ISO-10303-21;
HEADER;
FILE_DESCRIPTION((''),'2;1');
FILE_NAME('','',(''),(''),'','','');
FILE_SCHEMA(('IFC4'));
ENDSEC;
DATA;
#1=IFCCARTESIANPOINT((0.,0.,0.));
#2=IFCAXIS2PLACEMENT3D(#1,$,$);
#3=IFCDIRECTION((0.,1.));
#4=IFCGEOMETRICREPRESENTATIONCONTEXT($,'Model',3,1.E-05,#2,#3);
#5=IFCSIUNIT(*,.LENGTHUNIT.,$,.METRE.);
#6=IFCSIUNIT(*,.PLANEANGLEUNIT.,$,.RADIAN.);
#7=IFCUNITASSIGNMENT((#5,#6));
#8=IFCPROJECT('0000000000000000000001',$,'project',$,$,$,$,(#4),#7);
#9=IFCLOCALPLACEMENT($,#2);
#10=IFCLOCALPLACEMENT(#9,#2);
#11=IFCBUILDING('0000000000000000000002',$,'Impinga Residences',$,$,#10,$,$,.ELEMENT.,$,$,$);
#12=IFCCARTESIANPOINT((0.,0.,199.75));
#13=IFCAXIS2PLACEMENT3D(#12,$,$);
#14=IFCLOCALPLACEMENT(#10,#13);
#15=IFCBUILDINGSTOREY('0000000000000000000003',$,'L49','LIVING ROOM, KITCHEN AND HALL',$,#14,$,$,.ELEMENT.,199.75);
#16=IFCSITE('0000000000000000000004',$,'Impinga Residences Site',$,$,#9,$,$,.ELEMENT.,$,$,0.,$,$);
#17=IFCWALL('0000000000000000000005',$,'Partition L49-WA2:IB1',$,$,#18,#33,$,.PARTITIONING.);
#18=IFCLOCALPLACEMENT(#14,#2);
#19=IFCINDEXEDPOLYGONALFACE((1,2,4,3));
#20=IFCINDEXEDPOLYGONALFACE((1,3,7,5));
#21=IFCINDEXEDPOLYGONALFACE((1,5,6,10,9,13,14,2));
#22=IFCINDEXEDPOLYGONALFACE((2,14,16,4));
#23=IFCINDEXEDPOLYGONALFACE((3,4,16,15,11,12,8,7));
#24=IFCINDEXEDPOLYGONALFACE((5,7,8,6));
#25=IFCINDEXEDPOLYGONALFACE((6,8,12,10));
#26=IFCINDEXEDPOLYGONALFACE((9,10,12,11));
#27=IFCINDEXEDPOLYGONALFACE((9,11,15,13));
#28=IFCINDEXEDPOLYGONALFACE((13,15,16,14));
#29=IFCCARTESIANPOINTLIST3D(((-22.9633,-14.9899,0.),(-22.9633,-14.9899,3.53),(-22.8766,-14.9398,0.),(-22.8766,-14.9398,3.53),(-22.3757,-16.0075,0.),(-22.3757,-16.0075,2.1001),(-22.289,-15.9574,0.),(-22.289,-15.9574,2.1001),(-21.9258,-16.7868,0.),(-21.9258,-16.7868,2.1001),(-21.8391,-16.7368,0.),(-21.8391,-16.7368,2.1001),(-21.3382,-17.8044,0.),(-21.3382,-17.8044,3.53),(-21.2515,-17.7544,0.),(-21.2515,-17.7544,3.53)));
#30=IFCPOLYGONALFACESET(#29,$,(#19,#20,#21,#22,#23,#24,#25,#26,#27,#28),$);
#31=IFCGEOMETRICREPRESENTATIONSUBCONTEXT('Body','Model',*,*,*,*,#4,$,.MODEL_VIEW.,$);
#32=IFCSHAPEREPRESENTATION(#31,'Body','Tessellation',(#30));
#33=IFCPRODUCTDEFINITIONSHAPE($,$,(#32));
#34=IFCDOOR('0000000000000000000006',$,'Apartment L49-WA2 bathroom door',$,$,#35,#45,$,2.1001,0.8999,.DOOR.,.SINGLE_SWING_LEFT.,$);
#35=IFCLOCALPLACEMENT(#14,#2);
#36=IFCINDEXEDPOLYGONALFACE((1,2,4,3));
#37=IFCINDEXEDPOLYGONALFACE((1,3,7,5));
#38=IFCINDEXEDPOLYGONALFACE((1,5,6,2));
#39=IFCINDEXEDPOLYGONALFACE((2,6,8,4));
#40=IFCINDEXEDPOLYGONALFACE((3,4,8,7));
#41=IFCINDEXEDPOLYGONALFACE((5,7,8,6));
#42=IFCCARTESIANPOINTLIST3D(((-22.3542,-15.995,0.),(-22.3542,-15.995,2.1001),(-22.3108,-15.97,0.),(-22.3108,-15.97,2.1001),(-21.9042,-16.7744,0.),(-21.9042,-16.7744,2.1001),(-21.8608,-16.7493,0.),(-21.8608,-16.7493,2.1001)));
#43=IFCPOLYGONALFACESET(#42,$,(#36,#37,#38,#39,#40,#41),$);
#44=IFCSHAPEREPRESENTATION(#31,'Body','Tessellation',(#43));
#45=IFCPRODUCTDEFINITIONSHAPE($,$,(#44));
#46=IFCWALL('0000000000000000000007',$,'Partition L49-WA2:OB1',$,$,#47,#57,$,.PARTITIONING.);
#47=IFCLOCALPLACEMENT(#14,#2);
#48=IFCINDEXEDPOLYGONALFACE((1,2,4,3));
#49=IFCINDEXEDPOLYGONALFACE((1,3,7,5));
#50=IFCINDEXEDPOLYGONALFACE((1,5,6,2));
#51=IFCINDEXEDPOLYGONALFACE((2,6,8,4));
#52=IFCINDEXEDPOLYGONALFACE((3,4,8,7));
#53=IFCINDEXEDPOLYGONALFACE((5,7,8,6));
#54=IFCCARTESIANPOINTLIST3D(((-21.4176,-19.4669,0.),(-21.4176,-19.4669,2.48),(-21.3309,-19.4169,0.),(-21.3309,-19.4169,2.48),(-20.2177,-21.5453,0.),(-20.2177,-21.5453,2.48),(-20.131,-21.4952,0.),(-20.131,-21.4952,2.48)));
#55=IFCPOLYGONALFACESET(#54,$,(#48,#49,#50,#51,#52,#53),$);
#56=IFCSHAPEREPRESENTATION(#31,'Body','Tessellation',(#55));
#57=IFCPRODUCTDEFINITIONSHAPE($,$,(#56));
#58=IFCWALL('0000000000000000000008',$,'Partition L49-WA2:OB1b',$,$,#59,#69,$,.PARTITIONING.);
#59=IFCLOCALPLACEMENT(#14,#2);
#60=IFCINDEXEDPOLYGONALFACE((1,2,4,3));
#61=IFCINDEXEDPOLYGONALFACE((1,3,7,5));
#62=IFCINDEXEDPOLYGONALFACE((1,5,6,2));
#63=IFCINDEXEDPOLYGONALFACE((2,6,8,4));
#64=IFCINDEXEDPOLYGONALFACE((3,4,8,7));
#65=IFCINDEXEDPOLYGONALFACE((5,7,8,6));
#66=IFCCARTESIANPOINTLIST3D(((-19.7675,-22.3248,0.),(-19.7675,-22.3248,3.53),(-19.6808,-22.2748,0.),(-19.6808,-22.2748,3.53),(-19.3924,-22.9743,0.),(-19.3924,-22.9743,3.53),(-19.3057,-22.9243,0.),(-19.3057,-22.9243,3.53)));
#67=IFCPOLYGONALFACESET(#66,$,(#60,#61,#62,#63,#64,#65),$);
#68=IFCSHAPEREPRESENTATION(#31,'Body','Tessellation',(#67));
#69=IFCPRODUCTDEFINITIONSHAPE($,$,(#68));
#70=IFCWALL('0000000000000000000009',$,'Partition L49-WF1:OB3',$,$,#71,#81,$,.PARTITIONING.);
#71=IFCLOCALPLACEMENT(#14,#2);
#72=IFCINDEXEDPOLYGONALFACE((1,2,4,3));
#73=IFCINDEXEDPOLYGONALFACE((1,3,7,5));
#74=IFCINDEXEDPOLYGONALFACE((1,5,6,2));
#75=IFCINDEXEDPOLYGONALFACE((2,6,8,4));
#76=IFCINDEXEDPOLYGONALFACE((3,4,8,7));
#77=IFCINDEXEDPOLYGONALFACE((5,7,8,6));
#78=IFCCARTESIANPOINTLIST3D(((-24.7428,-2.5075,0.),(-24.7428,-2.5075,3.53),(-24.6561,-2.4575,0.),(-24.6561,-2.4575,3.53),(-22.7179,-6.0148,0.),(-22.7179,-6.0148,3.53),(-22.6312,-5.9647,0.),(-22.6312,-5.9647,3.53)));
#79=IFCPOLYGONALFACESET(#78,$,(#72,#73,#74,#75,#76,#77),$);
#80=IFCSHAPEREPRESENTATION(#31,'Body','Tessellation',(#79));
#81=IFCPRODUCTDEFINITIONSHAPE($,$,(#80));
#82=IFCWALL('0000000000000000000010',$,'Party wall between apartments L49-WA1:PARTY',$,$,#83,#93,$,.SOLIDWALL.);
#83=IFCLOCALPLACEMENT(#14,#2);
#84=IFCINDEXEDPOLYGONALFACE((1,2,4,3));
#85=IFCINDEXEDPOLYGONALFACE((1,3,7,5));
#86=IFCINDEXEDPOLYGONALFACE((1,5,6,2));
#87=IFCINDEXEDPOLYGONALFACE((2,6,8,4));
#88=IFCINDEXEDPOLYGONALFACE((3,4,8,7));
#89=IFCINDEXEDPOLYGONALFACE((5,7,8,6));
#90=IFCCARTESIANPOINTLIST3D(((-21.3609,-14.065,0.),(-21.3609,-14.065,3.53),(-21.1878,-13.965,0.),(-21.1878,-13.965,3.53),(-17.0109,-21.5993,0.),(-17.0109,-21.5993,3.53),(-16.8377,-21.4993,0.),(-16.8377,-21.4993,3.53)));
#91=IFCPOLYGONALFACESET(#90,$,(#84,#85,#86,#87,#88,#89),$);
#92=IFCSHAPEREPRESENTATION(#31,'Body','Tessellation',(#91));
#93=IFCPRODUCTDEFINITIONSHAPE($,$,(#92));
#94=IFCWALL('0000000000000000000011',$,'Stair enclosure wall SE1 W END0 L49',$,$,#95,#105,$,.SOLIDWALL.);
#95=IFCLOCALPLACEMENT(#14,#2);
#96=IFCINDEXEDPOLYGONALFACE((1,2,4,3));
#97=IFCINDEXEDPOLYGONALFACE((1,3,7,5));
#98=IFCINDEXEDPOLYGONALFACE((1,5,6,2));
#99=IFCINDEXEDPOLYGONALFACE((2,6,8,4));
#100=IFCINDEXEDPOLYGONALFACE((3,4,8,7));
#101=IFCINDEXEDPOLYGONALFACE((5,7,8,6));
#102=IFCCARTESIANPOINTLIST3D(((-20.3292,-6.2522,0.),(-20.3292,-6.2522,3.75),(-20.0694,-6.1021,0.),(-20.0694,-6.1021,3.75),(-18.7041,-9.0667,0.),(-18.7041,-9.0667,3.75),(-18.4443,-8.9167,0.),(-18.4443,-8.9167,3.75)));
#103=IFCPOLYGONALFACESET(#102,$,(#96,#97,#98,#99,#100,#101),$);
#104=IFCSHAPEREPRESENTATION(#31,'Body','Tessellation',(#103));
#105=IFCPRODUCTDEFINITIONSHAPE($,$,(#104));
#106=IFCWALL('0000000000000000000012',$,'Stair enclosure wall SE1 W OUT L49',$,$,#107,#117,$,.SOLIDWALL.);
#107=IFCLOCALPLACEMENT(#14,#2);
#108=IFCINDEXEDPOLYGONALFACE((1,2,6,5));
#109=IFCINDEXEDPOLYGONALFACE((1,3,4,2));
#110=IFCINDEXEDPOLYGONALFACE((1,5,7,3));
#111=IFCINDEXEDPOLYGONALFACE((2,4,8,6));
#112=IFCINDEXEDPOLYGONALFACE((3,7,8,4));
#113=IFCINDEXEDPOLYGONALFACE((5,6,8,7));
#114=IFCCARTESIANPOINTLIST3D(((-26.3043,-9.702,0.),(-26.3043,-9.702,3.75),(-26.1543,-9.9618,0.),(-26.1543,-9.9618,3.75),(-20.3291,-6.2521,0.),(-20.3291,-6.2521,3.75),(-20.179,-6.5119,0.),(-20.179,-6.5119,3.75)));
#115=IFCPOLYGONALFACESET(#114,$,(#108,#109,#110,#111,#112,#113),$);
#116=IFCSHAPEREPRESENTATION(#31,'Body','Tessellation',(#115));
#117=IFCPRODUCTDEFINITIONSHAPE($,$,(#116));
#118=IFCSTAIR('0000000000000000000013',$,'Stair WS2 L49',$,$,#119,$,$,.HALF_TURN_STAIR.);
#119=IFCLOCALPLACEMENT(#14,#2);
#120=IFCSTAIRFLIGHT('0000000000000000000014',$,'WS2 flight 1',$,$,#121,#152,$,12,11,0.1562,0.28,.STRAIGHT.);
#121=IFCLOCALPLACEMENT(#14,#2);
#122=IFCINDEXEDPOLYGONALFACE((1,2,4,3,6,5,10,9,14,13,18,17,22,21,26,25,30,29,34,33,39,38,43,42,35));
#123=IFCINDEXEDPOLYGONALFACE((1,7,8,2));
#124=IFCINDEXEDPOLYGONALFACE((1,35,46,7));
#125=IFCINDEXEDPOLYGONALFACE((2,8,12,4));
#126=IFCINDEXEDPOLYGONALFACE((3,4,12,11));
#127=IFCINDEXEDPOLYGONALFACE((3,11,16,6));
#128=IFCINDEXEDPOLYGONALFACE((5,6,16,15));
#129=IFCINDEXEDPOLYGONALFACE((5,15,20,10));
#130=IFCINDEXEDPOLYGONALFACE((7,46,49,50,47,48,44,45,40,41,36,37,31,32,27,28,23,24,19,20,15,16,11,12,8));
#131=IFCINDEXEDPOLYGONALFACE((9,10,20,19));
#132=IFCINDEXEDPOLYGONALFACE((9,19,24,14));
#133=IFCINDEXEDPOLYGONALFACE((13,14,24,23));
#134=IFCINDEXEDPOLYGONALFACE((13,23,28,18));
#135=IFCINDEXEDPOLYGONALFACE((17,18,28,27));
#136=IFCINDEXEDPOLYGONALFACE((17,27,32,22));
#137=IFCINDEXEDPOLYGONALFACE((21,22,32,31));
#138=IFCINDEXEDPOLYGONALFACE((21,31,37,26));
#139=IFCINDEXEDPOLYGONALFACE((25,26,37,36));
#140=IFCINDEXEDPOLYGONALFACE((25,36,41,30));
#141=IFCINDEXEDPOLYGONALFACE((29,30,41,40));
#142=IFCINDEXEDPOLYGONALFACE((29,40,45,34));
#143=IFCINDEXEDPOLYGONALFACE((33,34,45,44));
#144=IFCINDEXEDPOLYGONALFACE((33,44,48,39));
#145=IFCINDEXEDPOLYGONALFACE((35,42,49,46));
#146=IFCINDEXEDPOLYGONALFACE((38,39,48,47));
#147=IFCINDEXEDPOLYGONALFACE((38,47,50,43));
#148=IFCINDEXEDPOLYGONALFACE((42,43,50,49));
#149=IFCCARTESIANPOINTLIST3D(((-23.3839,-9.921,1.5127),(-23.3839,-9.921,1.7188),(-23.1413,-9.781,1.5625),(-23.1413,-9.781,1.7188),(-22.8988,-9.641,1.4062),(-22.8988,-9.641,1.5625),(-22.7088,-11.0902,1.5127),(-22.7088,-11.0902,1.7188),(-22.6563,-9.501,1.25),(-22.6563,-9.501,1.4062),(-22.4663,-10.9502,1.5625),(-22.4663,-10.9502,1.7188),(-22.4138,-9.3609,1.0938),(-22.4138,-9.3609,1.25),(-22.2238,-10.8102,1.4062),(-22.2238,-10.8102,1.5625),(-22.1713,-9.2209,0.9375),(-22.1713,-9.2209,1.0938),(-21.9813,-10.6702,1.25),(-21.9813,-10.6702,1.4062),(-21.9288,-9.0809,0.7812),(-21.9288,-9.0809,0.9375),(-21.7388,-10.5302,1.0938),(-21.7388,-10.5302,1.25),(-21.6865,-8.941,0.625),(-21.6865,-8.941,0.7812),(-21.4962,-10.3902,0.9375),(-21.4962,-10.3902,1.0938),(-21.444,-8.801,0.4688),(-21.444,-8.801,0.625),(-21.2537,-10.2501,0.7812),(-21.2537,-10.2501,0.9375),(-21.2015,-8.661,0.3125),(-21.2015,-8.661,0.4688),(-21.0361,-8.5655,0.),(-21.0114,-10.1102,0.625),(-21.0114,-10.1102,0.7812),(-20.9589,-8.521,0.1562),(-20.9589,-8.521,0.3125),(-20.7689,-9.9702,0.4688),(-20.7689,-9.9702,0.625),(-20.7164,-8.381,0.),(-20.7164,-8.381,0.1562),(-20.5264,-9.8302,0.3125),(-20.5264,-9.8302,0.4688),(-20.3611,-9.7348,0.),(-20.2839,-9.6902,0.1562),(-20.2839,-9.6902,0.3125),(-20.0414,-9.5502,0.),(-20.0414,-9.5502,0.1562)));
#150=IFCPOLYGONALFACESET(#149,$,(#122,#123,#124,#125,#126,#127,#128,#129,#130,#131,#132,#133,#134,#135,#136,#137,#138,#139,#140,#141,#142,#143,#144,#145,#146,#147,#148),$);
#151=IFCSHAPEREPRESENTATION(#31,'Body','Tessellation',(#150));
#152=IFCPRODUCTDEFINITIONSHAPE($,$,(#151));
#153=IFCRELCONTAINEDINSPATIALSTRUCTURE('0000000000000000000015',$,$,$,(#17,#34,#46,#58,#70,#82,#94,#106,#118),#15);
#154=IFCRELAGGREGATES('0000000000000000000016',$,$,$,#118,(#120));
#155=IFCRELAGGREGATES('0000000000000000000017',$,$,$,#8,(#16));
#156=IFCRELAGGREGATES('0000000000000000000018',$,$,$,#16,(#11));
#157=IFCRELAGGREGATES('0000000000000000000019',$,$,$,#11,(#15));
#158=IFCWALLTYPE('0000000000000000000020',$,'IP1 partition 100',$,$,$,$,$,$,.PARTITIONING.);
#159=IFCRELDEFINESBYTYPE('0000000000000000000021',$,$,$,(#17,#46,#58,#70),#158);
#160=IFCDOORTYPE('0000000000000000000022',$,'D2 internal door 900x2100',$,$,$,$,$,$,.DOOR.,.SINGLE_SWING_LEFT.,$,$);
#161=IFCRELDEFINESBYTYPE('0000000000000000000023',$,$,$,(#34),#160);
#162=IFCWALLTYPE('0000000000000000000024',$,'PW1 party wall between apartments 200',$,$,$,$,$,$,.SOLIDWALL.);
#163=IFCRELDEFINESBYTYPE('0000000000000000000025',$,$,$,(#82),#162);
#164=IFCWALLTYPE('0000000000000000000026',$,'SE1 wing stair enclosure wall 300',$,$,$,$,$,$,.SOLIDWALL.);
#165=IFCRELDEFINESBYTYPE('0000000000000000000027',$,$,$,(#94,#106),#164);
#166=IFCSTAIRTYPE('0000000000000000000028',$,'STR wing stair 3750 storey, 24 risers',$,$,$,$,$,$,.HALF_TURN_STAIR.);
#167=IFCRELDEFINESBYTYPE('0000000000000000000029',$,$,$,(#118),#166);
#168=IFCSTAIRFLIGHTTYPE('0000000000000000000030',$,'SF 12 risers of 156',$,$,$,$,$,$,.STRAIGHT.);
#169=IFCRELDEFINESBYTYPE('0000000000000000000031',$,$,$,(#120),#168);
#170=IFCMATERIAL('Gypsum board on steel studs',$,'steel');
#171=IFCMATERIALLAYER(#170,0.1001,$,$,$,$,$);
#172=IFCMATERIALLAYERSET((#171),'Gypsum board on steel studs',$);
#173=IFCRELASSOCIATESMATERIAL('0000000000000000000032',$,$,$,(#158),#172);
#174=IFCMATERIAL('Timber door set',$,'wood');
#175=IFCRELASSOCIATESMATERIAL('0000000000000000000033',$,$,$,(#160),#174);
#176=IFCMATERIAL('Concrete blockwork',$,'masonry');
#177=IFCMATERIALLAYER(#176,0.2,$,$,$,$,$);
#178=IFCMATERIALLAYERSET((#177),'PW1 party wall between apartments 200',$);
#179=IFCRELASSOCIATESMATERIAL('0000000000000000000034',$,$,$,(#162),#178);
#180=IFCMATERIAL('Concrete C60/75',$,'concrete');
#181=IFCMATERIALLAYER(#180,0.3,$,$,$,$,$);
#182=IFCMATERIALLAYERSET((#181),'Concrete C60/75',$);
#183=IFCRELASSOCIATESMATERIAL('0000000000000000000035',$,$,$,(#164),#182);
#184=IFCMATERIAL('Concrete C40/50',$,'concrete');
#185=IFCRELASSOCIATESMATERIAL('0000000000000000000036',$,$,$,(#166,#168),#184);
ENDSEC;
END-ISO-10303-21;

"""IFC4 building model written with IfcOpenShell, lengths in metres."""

from ifc_helpers import new_model, si_unit, direction, frame, frame_2d, origin, place, context, subcontext, project, spatial, polyline, rectangle, outline, extrude, material, layer, layer_set, type_object, element, fill, aggregate, save


model = new_model("IFC4")

# Units and contexts
model_context = context("Model", 3, precision=1e-05, world=origin(), true_north=direction((0.0, 1.0)))
body_context = subcontext(model_context, "Body", "Model", "MODEL_VIEW")
ifc_project = project(units=[si_unit("LENGTHUNIT", "METRE"), si_unit("PLANEANGLEUNIT", "RADIAN")], contexts=[model_context])

# Site, building, storey
site_placement = place(None, origin())
site = spatial("IfcSite", under=ifc_project, at=site_placement, Name="Impinga Residences Site", CompositionType="ELEMENT", RefElevation=0.0)
building_placement = place(site_placement, origin())
building = spatial("IfcBuilding", under=site, at=building_placement, Name="Impinga Residences", CompositionType="ELEMENT")
storey_placement = place(building_placement, frame((0.0, 0.0, 199.75)))
storey = spatial("IfcBuildingStorey", under=building, at=storey_placement, Name="L49", Description="LIVING ROOM, KITCHEN AND HALL", CompositionType="ELEMENT", Elevation=199.75)

# Shared definitions
ifc_material_1 = material(Name="Concrete C60/75", Category="concrete")

# Shared definitions
ifc_material_2 = material(Name="Gypsum board on steel studs", Category="steel")
ifc_layer_1 = layer(ifc_material_2, 0.1001)
ifc_layer_set_1 = layer_set([ifc_layer_1], Name="Gypsum board on steel studs")
wall_type_1 = type_object("IfcWallType", Name="IP1 partition 100", PredefinedType="PARTITIONING", material=ifc_layer_set_1)

# Shared definitions
ifc_material_3 = material(Name="Timber door set", Category="wood")
door_type = type_object("IfcDoorType", Name="D2 internal door 900x2100", OperationType="SINGLE_SWING_LEFT", PredefinedType="DOOR", material=ifc_material_3)

# Wall, opening, door
wall_1_placement = place(storey_placement, frame((-22.9199, -14.9648, 0.0), z_axis=(0.0, 0.0, 1.0), x_axis=(0.500017, -0.866015, 0.0)))
wall_1 = element("IfcWall", 1, at=wall_1_placement, inside=storey, type_object=wall_type_1, Name="Partition L49-WA2:IB1", PredefinedType="PARTITIONING", context=body_context, shape_type="SweptSolid", body=[
    extrude(rectangle(XDim=3.25, YDim=0.1001, at=frame_2d((1.625, 0.0))), origin(), (0.0, 0.0, 1.0), 3.53),
])
opening_1_placement = place(wall_1_placement, frame((1.175, 0.0, 0.0)))
opening_1 = element("IfcOpeningElement", 2, at=opening_1_placement, cuts=wall_1, PredefinedType="OPENING", context=body_context, shape_type="SweptSolid", body=[
    extrude(rectangle(XDim=0.8999, YDim=2.1001, at=frame_2d((0.45, 1.05))), frame((0.0, 0.0601, 0.0), z_axis=(0.0, -1.0, 0.0), x_axis=(1.0, 0.0, 0.0)), (0.0, 0.0, 1.0), 0.1201),
])
door_1_placement = place(opening_1_placement, origin())
door_1 = element("IfcDoor", 3, at=door_1_placement, inside=storey, type_object=door_type, Name="Apartment L49-WA2 bathroom door", OperationType="SINGLE_SWING_LEFT", OverallHeight=2.1001, OverallWidth=0.8999, PredefinedType="DOOR", context=body_context, shape_type="SweptSolid", body=[
    extrude(rectangle(XDim=0.8999, YDim=2.1001, at=frame_2d((0.45, 1.05))), frame((0.0, 0.0249, 0.0), z_axis=(0.0, -1.0, 0.0), x_axis=(1.0, 0.0, 0.0)), (0.0, 0.0, 1.0), 0.05),
])
fill(opening_1, door_1)

# Walls
wall_2_placement = place(storey_placement, frame((-21.3743, -19.4419, 0.0), z_axis=(0.0, 0.0, 1.0), x_axis=(0.500001, -0.866025, 0.0)))
element("IfcWall", 4, at=wall_2_placement, inside=storey, type_object=wall_type_1, Name="Partition L49-WA2:OB1", PredefinedType="PARTITIONING", context=body_context, shape_type="SweptSolid", body=[
    extrude(rectangle(XDim=2.3999, YDim=0.1001, at=frame_2d((1.2, 0.0))), origin(), (0.0, 0.0, 1.0), 2.48),
])
wall_3_placement = place(storey_placement, frame((-19.7241, -22.2998, 0.0), z_axis=(0.0, 0.0, 1.0), x_axis=(0.500061, -0.86599, 0.0)))
element("IfcWall", 5, at=wall_3_placement, inside=storey, type_object=wall_type_1, Name="Partition L49-WA2:OB1b", PredefinedType="PARTITIONING", context=body_context, shape_type="SweptSolid", body=[
    extrude(rectangle(XDim=0.75, YDim=0.1001, at=frame_2d((0.375, 0.0))), origin(), (0.0, 0.0, 1.0), 3.53),
])
wall_4_placement = place(storey_placement, frame((-22.6746, -5.9897, 0.0), z_axis=(0.0, 0.0, 1.0), x_axis=(-0.49999, 0.866031, 0.0)))
element("IfcWall", 6, at=wall_4_placement, inside=storey, type_object=wall_type_1, Name="Partition L49-WF1:OB3", PredefinedType="PARTITIONING", context=body_context, shape_type="SweptSolid", body=[
    extrude(rectangle(XDim=4.0498, YDim=0.1001, at=frame_2d((2.0249, 0.0))), origin(), (0.0, 0.0, 1.0), 3.53),
])
ifc_material_4 = material(Name="Concrete blockwork", Category="masonry")
ifc_layer_2 = layer(ifc_material_4, 0.2)
ifc_layer_set_2 = layer_set([ifc_layer_2], Name="PW1 party wall between apartments 200")
wall_type_2 = type_object("IfcWallType", Name="PW1 party wall between apartments 200", PredefinedType="SOLIDWALL", material=ifc_layer_set_2)
wall_5_placement = place(storey_placement, frame((-21.2744, -14.0149, 0.0), z_axis=(0.0, 0.0, 1.0), x_axis=(0.500008, -0.866021, 0.0)))
element("IfcWall", 7, at=wall_5_placement, inside=storey, type_object=wall_type_2, Name="Party wall between apartments L49-WA1:PARTY", PredefinedType="SOLIDWALL", context=body_context, shape_type="SweptSolid", body=[
    extrude(rectangle(XDim=8.7, YDim=0.2, at=frame_2d((4.3501, 0.0))), origin(), (0.0, 0.0, 1.0), 3.53),
])
ifc_layer_3 = layer(ifc_material_1, 0.3)
ifc_layer_set_3 = layer_set([ifc_layer_3], Name="Concrete C60/75")
wall_type_3 = type_object("IfcWallType", Name="SE1 wing stair enclosure wall 300", PredefinedType="SOLIDWALL", material=ifc_layer_set_3)
wall_6_placement = place(storey_placement, frame((-18.5742, -8.9917, 0.0), z_axis=(0.0, 0.0, 1.0), x_axis=(-0.500017, 0.866015, 0.0)))
element("IfcWall", 8, at=wall_6_placement, inside=storey, type_object=wall_type_3, Name="Stair enclosure wall SE1 W END0 L49", PredefinedType="SOLIDWALL", context=body_context, shape_type="SweptSolid", body=[
    extrude(rectangle(XDim=3.25, YDim=0.3, at=frame_2d((1.625, 0.0))), origin(), (0.0, 0.0, 1.0), 3.75),
])
wall_7_placement = place(storey_placement, frame((-20.2542, -6.3821, 0.0), z_axis=(0.0, 0.0, 1.0), x_axis=(-0.86602, -0.500009, 0.0)))
element("IfcWall", 9, at=wall_7_placement, inside=storey, type_object=wall_type_3, Name="Stair enclosure wall SE1 W OUT L49", PredefinedType="SOLIDWALL", context=body_context, shape_type="SweptSolid", body=[
    extrude(rectangle(XDim=6.8997, YDim=0.3, at=frame_2d((3.4497, 0.0))), origin(), (0.0, 0.0, 1.0), 3.75),
])

# Stair, stair flight
ifc_material_5 = material(Name="Concrete C40/50", Category="concrete")
stair_type = type_object("IfcStairType", Name="STR wing stair 3750 storey, 24 risers", PredefinedType="HALF_TURN_STAIR", material=ifc_material_5)
stair_placement = place(storey_placement, origin())
stair = element("IfcStair", 10, at=stair_placement, inside=storey, type_object=stair_type, Name="Stair WS2 L49", PredefinedType="HALF_TURN_STAIR")
stair_flight_type = type_object("IfcStairFlightType", Name="SF 12 risers of 156", PredefinedType="STRAIGHT", material=ifc_material_5)
stair_flight_placement = place(storey_placement, frame((-20.3789, -8.9656, 0.0), z_axis=(0.0, 0.0, 1.0), x_axis=(-0.866025, -0.5, 0.0)))
stair_flight = element("IfcStairFlight", 11, at=stair_flight_placement, type_object=stair_flight_type, Name="WS2 flight 1", NumberOfRisers=12, NumberOfTreads=11, PredefinedType="STRAIGHT", RiserHeight=0.1562, TreadLength=0.28, context=body_context, shape_type="SweptSolid", body=[
    extrude(outline(polyline([(0.0, 0.0), (0.0, 0.1562), (0.28, 0.1562), (0.28, 0.3125), (0.5601, 0.3125), (0.5601, 0.4688), (0.8401, 0.4688), (0.8401, 0.625), (1.1201, 0.625), (1.1201, 0.7812), (1.3999, 0.7812), (1.3999, 0.9375), (1.6799, 0.9375), (1.6799, 1.0938), (1.96, 1.0938), (1.96, 1.25), (2.24, 1.25), (2.24, 1.4062), (2.52, 1.4062), (2.52, 1.5625), (2.8, 1.5625), (2.8, 1.7188), (3.0801, 1.7188), (3.0801, 1.875), (3.0801, 1.5127), (0.3691, 0.0), (0.0, 0.0)])), frame((0.0, 0.675, 0.0), z_axis=(0.0, -1.0, 0.0), x_axis=(1.0, 0.0, 0.0)), (0.0, 0.0, 1.0), 1.3501),
])
aggregate(stair, [stair_flight])

save(model, "model.ifc")
